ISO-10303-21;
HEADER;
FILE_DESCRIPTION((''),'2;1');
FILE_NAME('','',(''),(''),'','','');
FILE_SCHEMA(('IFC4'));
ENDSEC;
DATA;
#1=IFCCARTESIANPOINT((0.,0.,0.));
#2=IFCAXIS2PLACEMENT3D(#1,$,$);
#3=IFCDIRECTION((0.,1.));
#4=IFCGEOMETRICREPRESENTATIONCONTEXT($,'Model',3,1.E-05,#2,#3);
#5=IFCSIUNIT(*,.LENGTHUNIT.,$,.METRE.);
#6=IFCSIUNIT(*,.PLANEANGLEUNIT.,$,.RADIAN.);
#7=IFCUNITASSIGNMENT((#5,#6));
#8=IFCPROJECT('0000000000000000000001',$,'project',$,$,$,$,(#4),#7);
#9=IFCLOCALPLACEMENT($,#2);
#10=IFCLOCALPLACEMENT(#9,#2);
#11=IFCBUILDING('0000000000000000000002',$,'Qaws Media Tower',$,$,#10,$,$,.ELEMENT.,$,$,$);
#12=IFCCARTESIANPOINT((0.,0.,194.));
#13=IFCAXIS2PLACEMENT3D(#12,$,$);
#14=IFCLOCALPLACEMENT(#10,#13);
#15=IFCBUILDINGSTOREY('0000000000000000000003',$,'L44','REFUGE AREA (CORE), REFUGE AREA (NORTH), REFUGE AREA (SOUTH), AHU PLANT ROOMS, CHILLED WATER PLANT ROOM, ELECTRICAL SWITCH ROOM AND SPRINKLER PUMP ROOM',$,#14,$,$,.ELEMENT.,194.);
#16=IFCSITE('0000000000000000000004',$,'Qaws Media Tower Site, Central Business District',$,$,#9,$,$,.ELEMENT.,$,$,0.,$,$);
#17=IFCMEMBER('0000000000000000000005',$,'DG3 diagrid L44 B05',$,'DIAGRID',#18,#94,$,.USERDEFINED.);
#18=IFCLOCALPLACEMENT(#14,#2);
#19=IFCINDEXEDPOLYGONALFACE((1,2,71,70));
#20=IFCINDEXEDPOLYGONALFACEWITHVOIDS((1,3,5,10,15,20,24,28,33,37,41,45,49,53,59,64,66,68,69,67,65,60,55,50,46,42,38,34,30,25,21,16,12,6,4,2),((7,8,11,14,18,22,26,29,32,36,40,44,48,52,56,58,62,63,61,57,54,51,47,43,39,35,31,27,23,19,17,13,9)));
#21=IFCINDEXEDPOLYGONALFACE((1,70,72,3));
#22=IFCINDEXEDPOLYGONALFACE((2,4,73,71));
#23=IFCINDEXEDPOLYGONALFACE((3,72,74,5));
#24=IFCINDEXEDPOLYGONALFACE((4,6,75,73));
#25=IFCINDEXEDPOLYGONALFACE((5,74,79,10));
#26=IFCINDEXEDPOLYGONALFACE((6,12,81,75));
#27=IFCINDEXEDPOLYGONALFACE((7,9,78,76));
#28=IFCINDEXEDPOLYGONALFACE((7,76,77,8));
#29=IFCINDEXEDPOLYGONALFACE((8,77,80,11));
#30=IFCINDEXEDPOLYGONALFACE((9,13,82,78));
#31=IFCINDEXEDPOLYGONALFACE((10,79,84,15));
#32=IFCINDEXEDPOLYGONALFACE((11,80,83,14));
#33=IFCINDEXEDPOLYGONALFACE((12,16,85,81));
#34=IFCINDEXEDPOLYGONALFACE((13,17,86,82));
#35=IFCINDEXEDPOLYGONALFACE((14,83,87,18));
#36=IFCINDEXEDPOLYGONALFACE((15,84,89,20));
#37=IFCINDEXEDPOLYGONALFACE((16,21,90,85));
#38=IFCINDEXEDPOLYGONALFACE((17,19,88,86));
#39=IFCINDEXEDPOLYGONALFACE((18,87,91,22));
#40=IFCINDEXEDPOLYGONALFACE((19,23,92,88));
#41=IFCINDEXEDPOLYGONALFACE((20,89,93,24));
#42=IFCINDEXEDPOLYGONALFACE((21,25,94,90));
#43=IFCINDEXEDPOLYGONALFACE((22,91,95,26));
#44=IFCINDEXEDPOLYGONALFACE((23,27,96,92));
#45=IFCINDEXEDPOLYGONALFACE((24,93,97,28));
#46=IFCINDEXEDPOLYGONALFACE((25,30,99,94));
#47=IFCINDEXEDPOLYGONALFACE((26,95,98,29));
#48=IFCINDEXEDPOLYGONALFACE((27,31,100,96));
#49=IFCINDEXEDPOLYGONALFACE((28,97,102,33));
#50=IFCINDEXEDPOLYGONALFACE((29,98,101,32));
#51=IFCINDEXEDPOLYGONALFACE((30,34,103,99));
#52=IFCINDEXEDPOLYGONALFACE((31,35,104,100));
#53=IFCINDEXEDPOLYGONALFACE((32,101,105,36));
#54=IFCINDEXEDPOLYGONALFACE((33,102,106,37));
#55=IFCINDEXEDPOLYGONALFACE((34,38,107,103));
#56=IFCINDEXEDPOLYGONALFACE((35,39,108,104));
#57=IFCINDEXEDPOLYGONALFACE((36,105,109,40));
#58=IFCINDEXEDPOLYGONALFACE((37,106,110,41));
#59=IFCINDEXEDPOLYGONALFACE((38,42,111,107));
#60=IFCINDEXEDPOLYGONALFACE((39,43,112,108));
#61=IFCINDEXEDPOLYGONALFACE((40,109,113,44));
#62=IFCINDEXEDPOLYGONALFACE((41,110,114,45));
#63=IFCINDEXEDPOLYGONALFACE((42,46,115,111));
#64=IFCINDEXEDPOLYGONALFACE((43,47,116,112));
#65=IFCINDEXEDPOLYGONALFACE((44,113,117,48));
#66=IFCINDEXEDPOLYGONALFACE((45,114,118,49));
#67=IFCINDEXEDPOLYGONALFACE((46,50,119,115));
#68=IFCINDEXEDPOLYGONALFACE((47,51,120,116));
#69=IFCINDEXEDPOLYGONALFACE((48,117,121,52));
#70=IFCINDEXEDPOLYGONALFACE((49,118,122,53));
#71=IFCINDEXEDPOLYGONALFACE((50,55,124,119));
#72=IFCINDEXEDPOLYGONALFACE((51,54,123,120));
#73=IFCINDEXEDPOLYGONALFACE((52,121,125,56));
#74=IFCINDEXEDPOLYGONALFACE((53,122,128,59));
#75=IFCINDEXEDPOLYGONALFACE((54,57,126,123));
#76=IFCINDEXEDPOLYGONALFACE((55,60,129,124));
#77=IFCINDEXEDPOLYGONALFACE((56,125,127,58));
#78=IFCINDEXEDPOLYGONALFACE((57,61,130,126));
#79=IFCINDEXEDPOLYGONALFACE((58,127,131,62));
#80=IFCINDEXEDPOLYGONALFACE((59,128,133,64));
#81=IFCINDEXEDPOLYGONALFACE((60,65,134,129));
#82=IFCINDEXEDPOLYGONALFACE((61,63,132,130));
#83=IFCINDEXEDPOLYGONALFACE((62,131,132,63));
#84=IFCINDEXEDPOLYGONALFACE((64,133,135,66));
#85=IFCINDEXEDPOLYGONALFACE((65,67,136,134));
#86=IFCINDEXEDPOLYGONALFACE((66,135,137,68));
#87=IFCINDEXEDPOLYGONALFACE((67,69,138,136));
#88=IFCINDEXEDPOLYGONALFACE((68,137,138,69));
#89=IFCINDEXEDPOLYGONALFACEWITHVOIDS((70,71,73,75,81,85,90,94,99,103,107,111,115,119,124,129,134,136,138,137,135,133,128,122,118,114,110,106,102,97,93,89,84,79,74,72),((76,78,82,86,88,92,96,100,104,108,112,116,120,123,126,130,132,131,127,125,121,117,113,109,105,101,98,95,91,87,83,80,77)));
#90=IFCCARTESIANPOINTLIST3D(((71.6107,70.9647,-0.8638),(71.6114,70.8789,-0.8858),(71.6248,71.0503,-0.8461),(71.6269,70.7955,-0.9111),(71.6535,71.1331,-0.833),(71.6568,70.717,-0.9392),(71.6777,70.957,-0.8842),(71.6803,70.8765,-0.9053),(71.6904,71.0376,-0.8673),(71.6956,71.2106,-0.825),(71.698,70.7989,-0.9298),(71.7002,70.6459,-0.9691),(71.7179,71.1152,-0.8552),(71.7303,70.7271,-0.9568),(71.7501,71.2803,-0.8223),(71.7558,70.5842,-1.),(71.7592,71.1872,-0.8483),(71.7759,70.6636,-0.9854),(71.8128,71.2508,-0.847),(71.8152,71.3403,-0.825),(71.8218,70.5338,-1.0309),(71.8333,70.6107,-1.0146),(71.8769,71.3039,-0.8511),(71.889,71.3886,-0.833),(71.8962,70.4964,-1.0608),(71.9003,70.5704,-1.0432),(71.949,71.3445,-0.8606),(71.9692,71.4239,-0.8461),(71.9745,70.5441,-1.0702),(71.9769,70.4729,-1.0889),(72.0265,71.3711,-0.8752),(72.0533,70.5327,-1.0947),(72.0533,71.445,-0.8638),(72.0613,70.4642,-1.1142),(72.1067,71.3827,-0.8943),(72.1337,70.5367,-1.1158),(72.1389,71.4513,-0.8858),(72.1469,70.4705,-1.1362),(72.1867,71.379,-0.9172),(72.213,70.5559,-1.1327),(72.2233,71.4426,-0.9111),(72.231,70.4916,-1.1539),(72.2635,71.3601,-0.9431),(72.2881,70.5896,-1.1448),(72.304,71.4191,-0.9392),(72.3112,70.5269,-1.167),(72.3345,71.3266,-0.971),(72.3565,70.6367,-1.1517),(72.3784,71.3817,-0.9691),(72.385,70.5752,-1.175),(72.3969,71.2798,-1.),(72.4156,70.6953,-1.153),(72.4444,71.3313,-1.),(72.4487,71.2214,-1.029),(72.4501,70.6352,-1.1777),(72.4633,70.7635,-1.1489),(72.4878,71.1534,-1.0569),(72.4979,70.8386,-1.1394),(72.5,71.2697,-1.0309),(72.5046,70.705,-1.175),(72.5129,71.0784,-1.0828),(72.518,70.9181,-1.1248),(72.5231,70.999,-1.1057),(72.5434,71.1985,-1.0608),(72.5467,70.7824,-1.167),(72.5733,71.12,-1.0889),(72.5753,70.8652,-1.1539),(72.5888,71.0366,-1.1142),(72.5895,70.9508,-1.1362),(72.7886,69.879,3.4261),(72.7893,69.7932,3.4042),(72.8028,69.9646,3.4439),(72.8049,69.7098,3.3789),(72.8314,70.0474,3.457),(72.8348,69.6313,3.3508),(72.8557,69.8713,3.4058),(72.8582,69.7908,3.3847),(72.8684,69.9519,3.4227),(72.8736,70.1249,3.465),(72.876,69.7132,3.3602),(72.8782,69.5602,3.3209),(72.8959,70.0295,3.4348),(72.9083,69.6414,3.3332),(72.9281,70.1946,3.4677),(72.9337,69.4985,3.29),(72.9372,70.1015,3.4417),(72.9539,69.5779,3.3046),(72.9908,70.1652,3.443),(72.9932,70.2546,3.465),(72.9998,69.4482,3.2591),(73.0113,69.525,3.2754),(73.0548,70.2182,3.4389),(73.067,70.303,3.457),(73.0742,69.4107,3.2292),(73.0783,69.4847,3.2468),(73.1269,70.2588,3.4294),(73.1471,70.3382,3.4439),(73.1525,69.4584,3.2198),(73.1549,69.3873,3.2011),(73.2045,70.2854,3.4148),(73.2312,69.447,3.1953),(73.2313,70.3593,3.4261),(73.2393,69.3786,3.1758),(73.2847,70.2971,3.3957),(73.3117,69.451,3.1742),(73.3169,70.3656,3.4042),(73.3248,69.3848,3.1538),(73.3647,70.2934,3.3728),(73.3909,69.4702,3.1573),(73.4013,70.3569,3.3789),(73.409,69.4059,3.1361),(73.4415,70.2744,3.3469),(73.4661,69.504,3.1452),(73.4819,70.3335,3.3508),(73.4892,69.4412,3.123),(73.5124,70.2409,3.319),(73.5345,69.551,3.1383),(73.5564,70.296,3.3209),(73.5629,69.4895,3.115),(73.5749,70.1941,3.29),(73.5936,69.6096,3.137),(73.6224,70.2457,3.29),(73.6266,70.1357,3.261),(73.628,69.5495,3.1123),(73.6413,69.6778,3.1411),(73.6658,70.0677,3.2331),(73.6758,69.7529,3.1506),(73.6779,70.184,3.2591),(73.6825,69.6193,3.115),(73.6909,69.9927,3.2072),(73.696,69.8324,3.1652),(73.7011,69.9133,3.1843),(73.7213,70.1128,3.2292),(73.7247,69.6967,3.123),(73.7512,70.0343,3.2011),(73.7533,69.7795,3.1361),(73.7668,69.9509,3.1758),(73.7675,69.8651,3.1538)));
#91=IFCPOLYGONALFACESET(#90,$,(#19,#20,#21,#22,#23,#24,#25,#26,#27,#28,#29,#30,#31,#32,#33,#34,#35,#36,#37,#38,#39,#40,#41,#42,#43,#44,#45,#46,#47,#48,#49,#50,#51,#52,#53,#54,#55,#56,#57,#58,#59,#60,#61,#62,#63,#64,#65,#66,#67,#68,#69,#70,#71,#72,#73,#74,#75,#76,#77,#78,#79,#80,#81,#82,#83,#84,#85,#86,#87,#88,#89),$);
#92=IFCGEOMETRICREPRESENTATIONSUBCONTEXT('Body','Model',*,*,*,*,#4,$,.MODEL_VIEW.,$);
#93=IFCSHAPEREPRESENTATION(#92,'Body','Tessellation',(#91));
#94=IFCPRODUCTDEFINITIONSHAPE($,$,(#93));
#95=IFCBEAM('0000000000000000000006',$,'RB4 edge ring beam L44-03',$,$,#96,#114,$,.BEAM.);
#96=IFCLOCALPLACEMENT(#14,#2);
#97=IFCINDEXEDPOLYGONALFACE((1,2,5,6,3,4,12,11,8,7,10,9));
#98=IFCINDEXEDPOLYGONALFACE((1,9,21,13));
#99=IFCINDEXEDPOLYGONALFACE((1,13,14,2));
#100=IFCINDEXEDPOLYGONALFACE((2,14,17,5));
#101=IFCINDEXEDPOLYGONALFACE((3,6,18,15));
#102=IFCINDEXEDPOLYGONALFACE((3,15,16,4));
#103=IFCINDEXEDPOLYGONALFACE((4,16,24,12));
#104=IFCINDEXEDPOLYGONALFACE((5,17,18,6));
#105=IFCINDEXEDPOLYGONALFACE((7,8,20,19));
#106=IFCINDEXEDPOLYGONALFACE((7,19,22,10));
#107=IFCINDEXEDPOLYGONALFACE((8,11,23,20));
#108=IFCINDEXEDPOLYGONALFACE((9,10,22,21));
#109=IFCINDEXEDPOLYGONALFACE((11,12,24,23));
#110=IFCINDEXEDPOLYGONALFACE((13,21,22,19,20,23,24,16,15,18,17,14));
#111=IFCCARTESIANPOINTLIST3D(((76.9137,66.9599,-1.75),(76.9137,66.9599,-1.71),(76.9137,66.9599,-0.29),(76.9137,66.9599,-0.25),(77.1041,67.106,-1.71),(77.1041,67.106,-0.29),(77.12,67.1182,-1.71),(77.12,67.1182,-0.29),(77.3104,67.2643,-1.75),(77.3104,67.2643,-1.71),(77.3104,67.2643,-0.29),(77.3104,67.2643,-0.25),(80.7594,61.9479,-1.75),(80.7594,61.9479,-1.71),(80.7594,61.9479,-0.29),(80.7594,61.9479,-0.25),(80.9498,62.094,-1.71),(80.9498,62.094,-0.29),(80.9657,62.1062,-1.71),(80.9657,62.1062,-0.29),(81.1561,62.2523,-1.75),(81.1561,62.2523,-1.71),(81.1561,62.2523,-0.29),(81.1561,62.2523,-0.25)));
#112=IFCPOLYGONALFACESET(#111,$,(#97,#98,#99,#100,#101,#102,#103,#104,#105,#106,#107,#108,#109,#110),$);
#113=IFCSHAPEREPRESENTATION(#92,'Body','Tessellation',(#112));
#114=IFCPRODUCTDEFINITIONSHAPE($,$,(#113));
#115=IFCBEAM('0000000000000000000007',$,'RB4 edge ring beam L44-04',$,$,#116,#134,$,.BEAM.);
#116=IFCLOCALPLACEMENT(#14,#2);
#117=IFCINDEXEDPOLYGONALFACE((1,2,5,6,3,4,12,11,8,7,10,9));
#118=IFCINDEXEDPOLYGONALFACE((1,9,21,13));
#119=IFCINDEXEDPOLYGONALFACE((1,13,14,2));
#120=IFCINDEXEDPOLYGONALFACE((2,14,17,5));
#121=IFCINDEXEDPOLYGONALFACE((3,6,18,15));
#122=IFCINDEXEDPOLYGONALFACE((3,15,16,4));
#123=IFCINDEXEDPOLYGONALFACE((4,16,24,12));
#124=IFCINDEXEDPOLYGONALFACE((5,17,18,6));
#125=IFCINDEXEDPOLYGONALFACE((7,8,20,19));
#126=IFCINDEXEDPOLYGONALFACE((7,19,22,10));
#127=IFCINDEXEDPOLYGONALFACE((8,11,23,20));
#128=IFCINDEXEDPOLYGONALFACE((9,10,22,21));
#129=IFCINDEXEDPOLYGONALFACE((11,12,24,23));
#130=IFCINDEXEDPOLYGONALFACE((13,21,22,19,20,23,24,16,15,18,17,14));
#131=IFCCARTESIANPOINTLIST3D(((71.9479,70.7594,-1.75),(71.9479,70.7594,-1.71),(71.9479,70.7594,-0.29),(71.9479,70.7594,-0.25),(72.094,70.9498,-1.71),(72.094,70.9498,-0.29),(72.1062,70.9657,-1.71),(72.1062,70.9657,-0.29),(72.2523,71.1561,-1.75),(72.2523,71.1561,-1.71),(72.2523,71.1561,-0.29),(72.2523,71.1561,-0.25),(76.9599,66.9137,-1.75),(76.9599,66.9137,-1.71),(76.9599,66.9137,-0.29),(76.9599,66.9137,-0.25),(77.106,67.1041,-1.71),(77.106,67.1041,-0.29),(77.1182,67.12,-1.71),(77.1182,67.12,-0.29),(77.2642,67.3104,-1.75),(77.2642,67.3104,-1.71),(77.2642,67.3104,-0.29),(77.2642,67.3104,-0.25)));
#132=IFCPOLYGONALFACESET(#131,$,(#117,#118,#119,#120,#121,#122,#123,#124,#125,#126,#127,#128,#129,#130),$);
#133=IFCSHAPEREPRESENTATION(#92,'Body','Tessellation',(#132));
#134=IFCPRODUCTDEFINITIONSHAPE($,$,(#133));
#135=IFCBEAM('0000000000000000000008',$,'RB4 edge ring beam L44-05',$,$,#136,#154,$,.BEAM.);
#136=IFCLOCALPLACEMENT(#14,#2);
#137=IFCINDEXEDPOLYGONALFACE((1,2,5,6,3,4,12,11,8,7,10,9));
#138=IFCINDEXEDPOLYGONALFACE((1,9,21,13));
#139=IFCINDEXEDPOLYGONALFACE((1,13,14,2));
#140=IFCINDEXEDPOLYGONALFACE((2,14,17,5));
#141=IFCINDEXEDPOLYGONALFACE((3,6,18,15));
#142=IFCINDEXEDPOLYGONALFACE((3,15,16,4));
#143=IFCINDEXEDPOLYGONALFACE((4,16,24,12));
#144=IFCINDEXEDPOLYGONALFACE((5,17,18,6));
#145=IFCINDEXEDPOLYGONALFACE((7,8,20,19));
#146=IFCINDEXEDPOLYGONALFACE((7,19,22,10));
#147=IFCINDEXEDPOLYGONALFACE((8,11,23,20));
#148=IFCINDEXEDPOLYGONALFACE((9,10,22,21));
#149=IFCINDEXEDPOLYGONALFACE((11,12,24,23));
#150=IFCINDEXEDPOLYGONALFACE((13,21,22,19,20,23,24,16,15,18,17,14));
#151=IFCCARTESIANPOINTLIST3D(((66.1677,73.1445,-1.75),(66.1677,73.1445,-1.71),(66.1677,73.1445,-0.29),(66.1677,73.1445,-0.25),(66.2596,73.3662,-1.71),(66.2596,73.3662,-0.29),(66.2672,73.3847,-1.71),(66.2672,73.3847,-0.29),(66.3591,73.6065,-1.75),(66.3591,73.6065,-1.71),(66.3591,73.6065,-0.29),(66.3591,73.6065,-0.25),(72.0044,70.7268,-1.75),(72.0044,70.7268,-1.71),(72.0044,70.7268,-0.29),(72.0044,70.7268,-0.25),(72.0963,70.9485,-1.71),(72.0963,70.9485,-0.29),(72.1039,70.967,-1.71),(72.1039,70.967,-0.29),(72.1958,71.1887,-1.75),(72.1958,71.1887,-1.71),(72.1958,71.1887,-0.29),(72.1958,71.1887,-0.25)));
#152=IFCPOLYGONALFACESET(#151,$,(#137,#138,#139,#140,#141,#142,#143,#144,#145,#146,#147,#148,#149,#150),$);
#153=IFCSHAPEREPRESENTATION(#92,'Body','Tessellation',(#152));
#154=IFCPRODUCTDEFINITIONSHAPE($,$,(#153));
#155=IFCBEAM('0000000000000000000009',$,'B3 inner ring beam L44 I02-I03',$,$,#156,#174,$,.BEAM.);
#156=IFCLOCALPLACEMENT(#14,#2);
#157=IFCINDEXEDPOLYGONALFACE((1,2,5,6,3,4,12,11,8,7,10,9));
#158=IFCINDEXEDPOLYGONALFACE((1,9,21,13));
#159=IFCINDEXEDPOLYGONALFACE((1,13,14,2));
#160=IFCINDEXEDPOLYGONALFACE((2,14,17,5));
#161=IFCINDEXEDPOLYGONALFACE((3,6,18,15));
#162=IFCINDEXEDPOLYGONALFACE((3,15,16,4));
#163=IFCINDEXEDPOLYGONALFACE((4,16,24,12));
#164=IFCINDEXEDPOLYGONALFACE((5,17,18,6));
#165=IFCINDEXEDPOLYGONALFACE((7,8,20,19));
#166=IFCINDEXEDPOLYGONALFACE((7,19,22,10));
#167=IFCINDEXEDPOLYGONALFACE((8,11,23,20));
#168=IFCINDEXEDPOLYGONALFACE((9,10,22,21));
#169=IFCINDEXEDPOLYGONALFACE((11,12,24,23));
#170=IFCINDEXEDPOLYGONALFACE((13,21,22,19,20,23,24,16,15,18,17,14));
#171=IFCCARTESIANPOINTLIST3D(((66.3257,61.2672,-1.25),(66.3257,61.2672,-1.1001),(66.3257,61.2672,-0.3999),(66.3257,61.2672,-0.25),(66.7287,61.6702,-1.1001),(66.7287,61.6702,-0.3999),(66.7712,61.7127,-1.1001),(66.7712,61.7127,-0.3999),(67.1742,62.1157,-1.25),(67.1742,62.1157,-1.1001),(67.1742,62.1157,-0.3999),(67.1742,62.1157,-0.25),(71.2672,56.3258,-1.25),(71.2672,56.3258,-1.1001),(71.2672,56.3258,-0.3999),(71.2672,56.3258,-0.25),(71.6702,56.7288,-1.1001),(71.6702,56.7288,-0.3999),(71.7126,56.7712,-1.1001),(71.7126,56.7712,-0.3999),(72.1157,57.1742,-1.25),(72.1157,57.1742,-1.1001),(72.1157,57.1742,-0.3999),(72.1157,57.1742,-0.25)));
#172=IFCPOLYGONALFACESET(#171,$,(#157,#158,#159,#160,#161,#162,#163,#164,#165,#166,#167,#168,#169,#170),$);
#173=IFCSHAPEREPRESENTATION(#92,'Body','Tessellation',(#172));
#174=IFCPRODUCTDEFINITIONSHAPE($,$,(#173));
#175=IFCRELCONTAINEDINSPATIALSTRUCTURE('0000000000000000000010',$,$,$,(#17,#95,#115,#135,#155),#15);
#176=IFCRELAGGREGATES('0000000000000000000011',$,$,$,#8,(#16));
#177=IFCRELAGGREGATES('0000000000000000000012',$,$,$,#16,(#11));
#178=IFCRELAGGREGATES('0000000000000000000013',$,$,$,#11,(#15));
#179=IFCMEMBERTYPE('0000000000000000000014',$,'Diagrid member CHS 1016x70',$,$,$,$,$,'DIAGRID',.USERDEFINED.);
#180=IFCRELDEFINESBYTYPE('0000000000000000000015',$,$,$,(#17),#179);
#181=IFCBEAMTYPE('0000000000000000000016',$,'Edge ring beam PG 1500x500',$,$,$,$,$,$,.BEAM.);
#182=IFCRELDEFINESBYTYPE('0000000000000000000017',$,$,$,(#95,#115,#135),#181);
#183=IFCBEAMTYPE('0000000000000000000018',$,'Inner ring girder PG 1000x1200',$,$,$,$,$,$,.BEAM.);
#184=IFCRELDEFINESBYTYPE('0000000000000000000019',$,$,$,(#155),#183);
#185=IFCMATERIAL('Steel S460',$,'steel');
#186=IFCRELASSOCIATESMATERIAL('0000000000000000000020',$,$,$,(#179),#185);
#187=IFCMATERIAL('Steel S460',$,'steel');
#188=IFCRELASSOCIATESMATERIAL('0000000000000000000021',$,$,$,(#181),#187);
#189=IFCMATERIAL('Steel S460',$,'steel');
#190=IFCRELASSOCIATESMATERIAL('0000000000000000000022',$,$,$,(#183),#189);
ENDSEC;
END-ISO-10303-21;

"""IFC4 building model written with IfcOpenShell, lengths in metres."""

from ifc_helpers import new_model, si_unit, direction, frame, origin, origin_2d, place, context, subcontext, project, spatial, hollow_circle, i_section, extrude, material, material_profile, profile_set, type_object, element, save


model = new_model("IFC4")

# Units and contexts
model_context = context("Model", 3, precision=1e-05, world=origin(), true_north=direction((0.0, 1.0)))
body_context = subcontext(model_context, "Body", "Model", "MODEL_VIEW")
ifc_project = project(units=[si_unit("LENGTHUNIT", "METRE"), si_unit("PLANEANGLEUNIT", "RADIAN")], contexts=[model_context])

# Site, building, storey
site_placement = place(None, origin())
site = spatial("IfcSite", under=ifc_project, at=site_placement, Name="Qaws Media Tower Site, Central Business District", CompositionType="ELEMENT", RefElevation=0.0)
building_placement = place(site_placement, origin())
building = spatial("IfcBuilding", under=site, at=building_placement, Name="Qaws Media Tower", CompositionType="ELEMENT")
storey_placement = place(building_placement, frame((0.0, 0.0, 194.0)))
storey = spatial("IfcBuildingStorey", under=building, at=storey_placement, Name="L44", Description="REFUGE AREA (CORE), REFUGE AREA (NORTH), REFUGE AREA (SOUTH), AHU PLANT ROOMS, CHILLED WATER PLANT ROOM, ELECTRICAL SWITCH ROOM AND SPRINKLER PUMP ROOM", CompositionType="ELEMENT", Elevation=194.0)

# Member
ifc_material_1 = material(Name="Steel S460", Category="steel")
ifc_material_profile_1 = material_profile(ifc_material_1, hollow_circle(Radius=0.5081, WallThickness=0.0701, at=origin_2d()), Name="CHS 1016x70")
ifc_profile_set_1 = profile_set([ifc_material_profile_1], Name="Steel S460")
member_type_1 = type_object("IfcMemberType", Name="Diagrid member CHS 1016x70", ElementType="DIAGRID", PredefinedType="USERDEFINED", material=ifc_profile_set_1)
for number, where, z_axis, x_axis, name in (
    (1, (72.1001, 70.9578, -1.0), (0.257235, -0.237083, 0.936815), (0.677717, 0.735323, 0.0), "DG3 diagrid L44 B05"),
):
    element("IfcMember", number, at=place(storey_placement, frame(where, z_axis=z_axis, x_axis=x_axis)), inside=storey, type_object=member_type_1, Name=name, ObjectType="DIAGRID", PredefinedType="USERDEFINED", context=body_context, shape_type="SweptSolid", body=[
        extrude(hollow_circle(Radius=0.5081, WallThickness=0.0701, at=origin_2d()), origin(), (0.0, 0.0, 1.0), 4.5793),
    ])

# Beams
ifc_material_2 = material(Name="Steel S460", Category="steel")
ifc_material_profile_2 = material_profile(ifc_material_2, i_section(OverallWidth=0.5, OverallDepth=1.5, WebThickness=0.02, FlangeThickness=0.04, at=origin_2d()), Name="PG 1500x500")
ifc_profile_set_2 = profile_set([ifc_material_profile_2], Name="Steel S460")
beam_type_1 = type_object("IfcBeamType", Name="Edge ring beam PG 1500x500", PredefinedType="BEAM", material=ifc_profile_set_2)
for number, where, z_axis, x_axis, name in (
    (2, (80.9578, 62.1001, -1.0), (-0.60875, 0.793362, 0.0), (-0.793362, -0.60875, 0.0), "RB4 edge ring beam L44-03"),
    (3, (77.1121, 67.1121, -1.0), (-0.793362, 0.60875, 0.0), (-0.60875, -0.793362, 0.0), "RB4 edge ring beam L44-04"),
):
    element("IfcBeam", number, at=place(storey_placement, frame(where, z_axis=z_axis, x_axis=x_axis)), inside=storey, type_object=beam_type_1, Name=name, PredefinedType="BEAM", context=body_context, shape_type="SweptSolid", body=[
        extrude(i_section(OverallWidth=0.5, OverallDepth=1.5, WebThickness=0.02, FlangeThickness=0.04, at=origin_2d()), origin(), (0.0, 0.0, 1.0), 6.3174),
    ])
beam_1_placement = place(storey_placement, frame((72.1001, 70.9578, -1.0), z_axis=(-0.923874, 0.382697, 0.0), x_axis=(-0.382697, -0.923874, 0.0)))
element("IfcBeam", 4, at=beam_1_placement, inside=storey, type_object=beam_type_1, Name="RB4 edge ring beam L44-05", PredefinedType="BEAM", context=body_context, shape_type="SweptSolid", body=[
    extrude(i_section(OverallWidth=0.5, OverallDepth=1.5, WebThickness=0.02, FlangeThickness=0.04, at=origin_2d()), origin(), (0.0, 0.0, 1.0), 6.3176),
])
ifc_material_3 = material(Name="Steel S460", Category="steel")
ifc_material_profile_3 = material_profile(ifc_material_3, i_section(OverallWidth=1.2, OverallDepth=1.0, WebThickness=0.0601, FlangeThickness=0.1499, at=origin_2d()), Name="PG 1000x1200")
ifc_profile_set_3 = profile_set([ifc_material_profile_3], Name="Steel S460")
beam_type_2 = type_object("IfcBeamType", Name="Inner ring girder PG 1000x1200", PredefinedType="BEAM", material=ifc_profile_set_3)
beam_2_placement = place(storey_placement, frame((71.6914, 56.75, -0.75), z_axis=(-0.707107, 0.707107, 0.0), x_axis=(-0.707107, -0.707107, 0.0)))
element("IfcBeam", 5, at=beam_2_placement, inside=storey, type_object=beam_type_2, Name="B3 inner ring beam L44 I02-I03", PredefinedType="BEAM", context=body_context, shape_type="SweptSolid", body=[
    extrude(i_section(OverallWidth=1.2, OverallDepth=1.0, WebThickness=0.0601, FlangeThickness=0.1499, at=origin_2d()), origin(), (0.0, 0.0, 1.0), 6.9883),
])

save(model, "model.ifc")
